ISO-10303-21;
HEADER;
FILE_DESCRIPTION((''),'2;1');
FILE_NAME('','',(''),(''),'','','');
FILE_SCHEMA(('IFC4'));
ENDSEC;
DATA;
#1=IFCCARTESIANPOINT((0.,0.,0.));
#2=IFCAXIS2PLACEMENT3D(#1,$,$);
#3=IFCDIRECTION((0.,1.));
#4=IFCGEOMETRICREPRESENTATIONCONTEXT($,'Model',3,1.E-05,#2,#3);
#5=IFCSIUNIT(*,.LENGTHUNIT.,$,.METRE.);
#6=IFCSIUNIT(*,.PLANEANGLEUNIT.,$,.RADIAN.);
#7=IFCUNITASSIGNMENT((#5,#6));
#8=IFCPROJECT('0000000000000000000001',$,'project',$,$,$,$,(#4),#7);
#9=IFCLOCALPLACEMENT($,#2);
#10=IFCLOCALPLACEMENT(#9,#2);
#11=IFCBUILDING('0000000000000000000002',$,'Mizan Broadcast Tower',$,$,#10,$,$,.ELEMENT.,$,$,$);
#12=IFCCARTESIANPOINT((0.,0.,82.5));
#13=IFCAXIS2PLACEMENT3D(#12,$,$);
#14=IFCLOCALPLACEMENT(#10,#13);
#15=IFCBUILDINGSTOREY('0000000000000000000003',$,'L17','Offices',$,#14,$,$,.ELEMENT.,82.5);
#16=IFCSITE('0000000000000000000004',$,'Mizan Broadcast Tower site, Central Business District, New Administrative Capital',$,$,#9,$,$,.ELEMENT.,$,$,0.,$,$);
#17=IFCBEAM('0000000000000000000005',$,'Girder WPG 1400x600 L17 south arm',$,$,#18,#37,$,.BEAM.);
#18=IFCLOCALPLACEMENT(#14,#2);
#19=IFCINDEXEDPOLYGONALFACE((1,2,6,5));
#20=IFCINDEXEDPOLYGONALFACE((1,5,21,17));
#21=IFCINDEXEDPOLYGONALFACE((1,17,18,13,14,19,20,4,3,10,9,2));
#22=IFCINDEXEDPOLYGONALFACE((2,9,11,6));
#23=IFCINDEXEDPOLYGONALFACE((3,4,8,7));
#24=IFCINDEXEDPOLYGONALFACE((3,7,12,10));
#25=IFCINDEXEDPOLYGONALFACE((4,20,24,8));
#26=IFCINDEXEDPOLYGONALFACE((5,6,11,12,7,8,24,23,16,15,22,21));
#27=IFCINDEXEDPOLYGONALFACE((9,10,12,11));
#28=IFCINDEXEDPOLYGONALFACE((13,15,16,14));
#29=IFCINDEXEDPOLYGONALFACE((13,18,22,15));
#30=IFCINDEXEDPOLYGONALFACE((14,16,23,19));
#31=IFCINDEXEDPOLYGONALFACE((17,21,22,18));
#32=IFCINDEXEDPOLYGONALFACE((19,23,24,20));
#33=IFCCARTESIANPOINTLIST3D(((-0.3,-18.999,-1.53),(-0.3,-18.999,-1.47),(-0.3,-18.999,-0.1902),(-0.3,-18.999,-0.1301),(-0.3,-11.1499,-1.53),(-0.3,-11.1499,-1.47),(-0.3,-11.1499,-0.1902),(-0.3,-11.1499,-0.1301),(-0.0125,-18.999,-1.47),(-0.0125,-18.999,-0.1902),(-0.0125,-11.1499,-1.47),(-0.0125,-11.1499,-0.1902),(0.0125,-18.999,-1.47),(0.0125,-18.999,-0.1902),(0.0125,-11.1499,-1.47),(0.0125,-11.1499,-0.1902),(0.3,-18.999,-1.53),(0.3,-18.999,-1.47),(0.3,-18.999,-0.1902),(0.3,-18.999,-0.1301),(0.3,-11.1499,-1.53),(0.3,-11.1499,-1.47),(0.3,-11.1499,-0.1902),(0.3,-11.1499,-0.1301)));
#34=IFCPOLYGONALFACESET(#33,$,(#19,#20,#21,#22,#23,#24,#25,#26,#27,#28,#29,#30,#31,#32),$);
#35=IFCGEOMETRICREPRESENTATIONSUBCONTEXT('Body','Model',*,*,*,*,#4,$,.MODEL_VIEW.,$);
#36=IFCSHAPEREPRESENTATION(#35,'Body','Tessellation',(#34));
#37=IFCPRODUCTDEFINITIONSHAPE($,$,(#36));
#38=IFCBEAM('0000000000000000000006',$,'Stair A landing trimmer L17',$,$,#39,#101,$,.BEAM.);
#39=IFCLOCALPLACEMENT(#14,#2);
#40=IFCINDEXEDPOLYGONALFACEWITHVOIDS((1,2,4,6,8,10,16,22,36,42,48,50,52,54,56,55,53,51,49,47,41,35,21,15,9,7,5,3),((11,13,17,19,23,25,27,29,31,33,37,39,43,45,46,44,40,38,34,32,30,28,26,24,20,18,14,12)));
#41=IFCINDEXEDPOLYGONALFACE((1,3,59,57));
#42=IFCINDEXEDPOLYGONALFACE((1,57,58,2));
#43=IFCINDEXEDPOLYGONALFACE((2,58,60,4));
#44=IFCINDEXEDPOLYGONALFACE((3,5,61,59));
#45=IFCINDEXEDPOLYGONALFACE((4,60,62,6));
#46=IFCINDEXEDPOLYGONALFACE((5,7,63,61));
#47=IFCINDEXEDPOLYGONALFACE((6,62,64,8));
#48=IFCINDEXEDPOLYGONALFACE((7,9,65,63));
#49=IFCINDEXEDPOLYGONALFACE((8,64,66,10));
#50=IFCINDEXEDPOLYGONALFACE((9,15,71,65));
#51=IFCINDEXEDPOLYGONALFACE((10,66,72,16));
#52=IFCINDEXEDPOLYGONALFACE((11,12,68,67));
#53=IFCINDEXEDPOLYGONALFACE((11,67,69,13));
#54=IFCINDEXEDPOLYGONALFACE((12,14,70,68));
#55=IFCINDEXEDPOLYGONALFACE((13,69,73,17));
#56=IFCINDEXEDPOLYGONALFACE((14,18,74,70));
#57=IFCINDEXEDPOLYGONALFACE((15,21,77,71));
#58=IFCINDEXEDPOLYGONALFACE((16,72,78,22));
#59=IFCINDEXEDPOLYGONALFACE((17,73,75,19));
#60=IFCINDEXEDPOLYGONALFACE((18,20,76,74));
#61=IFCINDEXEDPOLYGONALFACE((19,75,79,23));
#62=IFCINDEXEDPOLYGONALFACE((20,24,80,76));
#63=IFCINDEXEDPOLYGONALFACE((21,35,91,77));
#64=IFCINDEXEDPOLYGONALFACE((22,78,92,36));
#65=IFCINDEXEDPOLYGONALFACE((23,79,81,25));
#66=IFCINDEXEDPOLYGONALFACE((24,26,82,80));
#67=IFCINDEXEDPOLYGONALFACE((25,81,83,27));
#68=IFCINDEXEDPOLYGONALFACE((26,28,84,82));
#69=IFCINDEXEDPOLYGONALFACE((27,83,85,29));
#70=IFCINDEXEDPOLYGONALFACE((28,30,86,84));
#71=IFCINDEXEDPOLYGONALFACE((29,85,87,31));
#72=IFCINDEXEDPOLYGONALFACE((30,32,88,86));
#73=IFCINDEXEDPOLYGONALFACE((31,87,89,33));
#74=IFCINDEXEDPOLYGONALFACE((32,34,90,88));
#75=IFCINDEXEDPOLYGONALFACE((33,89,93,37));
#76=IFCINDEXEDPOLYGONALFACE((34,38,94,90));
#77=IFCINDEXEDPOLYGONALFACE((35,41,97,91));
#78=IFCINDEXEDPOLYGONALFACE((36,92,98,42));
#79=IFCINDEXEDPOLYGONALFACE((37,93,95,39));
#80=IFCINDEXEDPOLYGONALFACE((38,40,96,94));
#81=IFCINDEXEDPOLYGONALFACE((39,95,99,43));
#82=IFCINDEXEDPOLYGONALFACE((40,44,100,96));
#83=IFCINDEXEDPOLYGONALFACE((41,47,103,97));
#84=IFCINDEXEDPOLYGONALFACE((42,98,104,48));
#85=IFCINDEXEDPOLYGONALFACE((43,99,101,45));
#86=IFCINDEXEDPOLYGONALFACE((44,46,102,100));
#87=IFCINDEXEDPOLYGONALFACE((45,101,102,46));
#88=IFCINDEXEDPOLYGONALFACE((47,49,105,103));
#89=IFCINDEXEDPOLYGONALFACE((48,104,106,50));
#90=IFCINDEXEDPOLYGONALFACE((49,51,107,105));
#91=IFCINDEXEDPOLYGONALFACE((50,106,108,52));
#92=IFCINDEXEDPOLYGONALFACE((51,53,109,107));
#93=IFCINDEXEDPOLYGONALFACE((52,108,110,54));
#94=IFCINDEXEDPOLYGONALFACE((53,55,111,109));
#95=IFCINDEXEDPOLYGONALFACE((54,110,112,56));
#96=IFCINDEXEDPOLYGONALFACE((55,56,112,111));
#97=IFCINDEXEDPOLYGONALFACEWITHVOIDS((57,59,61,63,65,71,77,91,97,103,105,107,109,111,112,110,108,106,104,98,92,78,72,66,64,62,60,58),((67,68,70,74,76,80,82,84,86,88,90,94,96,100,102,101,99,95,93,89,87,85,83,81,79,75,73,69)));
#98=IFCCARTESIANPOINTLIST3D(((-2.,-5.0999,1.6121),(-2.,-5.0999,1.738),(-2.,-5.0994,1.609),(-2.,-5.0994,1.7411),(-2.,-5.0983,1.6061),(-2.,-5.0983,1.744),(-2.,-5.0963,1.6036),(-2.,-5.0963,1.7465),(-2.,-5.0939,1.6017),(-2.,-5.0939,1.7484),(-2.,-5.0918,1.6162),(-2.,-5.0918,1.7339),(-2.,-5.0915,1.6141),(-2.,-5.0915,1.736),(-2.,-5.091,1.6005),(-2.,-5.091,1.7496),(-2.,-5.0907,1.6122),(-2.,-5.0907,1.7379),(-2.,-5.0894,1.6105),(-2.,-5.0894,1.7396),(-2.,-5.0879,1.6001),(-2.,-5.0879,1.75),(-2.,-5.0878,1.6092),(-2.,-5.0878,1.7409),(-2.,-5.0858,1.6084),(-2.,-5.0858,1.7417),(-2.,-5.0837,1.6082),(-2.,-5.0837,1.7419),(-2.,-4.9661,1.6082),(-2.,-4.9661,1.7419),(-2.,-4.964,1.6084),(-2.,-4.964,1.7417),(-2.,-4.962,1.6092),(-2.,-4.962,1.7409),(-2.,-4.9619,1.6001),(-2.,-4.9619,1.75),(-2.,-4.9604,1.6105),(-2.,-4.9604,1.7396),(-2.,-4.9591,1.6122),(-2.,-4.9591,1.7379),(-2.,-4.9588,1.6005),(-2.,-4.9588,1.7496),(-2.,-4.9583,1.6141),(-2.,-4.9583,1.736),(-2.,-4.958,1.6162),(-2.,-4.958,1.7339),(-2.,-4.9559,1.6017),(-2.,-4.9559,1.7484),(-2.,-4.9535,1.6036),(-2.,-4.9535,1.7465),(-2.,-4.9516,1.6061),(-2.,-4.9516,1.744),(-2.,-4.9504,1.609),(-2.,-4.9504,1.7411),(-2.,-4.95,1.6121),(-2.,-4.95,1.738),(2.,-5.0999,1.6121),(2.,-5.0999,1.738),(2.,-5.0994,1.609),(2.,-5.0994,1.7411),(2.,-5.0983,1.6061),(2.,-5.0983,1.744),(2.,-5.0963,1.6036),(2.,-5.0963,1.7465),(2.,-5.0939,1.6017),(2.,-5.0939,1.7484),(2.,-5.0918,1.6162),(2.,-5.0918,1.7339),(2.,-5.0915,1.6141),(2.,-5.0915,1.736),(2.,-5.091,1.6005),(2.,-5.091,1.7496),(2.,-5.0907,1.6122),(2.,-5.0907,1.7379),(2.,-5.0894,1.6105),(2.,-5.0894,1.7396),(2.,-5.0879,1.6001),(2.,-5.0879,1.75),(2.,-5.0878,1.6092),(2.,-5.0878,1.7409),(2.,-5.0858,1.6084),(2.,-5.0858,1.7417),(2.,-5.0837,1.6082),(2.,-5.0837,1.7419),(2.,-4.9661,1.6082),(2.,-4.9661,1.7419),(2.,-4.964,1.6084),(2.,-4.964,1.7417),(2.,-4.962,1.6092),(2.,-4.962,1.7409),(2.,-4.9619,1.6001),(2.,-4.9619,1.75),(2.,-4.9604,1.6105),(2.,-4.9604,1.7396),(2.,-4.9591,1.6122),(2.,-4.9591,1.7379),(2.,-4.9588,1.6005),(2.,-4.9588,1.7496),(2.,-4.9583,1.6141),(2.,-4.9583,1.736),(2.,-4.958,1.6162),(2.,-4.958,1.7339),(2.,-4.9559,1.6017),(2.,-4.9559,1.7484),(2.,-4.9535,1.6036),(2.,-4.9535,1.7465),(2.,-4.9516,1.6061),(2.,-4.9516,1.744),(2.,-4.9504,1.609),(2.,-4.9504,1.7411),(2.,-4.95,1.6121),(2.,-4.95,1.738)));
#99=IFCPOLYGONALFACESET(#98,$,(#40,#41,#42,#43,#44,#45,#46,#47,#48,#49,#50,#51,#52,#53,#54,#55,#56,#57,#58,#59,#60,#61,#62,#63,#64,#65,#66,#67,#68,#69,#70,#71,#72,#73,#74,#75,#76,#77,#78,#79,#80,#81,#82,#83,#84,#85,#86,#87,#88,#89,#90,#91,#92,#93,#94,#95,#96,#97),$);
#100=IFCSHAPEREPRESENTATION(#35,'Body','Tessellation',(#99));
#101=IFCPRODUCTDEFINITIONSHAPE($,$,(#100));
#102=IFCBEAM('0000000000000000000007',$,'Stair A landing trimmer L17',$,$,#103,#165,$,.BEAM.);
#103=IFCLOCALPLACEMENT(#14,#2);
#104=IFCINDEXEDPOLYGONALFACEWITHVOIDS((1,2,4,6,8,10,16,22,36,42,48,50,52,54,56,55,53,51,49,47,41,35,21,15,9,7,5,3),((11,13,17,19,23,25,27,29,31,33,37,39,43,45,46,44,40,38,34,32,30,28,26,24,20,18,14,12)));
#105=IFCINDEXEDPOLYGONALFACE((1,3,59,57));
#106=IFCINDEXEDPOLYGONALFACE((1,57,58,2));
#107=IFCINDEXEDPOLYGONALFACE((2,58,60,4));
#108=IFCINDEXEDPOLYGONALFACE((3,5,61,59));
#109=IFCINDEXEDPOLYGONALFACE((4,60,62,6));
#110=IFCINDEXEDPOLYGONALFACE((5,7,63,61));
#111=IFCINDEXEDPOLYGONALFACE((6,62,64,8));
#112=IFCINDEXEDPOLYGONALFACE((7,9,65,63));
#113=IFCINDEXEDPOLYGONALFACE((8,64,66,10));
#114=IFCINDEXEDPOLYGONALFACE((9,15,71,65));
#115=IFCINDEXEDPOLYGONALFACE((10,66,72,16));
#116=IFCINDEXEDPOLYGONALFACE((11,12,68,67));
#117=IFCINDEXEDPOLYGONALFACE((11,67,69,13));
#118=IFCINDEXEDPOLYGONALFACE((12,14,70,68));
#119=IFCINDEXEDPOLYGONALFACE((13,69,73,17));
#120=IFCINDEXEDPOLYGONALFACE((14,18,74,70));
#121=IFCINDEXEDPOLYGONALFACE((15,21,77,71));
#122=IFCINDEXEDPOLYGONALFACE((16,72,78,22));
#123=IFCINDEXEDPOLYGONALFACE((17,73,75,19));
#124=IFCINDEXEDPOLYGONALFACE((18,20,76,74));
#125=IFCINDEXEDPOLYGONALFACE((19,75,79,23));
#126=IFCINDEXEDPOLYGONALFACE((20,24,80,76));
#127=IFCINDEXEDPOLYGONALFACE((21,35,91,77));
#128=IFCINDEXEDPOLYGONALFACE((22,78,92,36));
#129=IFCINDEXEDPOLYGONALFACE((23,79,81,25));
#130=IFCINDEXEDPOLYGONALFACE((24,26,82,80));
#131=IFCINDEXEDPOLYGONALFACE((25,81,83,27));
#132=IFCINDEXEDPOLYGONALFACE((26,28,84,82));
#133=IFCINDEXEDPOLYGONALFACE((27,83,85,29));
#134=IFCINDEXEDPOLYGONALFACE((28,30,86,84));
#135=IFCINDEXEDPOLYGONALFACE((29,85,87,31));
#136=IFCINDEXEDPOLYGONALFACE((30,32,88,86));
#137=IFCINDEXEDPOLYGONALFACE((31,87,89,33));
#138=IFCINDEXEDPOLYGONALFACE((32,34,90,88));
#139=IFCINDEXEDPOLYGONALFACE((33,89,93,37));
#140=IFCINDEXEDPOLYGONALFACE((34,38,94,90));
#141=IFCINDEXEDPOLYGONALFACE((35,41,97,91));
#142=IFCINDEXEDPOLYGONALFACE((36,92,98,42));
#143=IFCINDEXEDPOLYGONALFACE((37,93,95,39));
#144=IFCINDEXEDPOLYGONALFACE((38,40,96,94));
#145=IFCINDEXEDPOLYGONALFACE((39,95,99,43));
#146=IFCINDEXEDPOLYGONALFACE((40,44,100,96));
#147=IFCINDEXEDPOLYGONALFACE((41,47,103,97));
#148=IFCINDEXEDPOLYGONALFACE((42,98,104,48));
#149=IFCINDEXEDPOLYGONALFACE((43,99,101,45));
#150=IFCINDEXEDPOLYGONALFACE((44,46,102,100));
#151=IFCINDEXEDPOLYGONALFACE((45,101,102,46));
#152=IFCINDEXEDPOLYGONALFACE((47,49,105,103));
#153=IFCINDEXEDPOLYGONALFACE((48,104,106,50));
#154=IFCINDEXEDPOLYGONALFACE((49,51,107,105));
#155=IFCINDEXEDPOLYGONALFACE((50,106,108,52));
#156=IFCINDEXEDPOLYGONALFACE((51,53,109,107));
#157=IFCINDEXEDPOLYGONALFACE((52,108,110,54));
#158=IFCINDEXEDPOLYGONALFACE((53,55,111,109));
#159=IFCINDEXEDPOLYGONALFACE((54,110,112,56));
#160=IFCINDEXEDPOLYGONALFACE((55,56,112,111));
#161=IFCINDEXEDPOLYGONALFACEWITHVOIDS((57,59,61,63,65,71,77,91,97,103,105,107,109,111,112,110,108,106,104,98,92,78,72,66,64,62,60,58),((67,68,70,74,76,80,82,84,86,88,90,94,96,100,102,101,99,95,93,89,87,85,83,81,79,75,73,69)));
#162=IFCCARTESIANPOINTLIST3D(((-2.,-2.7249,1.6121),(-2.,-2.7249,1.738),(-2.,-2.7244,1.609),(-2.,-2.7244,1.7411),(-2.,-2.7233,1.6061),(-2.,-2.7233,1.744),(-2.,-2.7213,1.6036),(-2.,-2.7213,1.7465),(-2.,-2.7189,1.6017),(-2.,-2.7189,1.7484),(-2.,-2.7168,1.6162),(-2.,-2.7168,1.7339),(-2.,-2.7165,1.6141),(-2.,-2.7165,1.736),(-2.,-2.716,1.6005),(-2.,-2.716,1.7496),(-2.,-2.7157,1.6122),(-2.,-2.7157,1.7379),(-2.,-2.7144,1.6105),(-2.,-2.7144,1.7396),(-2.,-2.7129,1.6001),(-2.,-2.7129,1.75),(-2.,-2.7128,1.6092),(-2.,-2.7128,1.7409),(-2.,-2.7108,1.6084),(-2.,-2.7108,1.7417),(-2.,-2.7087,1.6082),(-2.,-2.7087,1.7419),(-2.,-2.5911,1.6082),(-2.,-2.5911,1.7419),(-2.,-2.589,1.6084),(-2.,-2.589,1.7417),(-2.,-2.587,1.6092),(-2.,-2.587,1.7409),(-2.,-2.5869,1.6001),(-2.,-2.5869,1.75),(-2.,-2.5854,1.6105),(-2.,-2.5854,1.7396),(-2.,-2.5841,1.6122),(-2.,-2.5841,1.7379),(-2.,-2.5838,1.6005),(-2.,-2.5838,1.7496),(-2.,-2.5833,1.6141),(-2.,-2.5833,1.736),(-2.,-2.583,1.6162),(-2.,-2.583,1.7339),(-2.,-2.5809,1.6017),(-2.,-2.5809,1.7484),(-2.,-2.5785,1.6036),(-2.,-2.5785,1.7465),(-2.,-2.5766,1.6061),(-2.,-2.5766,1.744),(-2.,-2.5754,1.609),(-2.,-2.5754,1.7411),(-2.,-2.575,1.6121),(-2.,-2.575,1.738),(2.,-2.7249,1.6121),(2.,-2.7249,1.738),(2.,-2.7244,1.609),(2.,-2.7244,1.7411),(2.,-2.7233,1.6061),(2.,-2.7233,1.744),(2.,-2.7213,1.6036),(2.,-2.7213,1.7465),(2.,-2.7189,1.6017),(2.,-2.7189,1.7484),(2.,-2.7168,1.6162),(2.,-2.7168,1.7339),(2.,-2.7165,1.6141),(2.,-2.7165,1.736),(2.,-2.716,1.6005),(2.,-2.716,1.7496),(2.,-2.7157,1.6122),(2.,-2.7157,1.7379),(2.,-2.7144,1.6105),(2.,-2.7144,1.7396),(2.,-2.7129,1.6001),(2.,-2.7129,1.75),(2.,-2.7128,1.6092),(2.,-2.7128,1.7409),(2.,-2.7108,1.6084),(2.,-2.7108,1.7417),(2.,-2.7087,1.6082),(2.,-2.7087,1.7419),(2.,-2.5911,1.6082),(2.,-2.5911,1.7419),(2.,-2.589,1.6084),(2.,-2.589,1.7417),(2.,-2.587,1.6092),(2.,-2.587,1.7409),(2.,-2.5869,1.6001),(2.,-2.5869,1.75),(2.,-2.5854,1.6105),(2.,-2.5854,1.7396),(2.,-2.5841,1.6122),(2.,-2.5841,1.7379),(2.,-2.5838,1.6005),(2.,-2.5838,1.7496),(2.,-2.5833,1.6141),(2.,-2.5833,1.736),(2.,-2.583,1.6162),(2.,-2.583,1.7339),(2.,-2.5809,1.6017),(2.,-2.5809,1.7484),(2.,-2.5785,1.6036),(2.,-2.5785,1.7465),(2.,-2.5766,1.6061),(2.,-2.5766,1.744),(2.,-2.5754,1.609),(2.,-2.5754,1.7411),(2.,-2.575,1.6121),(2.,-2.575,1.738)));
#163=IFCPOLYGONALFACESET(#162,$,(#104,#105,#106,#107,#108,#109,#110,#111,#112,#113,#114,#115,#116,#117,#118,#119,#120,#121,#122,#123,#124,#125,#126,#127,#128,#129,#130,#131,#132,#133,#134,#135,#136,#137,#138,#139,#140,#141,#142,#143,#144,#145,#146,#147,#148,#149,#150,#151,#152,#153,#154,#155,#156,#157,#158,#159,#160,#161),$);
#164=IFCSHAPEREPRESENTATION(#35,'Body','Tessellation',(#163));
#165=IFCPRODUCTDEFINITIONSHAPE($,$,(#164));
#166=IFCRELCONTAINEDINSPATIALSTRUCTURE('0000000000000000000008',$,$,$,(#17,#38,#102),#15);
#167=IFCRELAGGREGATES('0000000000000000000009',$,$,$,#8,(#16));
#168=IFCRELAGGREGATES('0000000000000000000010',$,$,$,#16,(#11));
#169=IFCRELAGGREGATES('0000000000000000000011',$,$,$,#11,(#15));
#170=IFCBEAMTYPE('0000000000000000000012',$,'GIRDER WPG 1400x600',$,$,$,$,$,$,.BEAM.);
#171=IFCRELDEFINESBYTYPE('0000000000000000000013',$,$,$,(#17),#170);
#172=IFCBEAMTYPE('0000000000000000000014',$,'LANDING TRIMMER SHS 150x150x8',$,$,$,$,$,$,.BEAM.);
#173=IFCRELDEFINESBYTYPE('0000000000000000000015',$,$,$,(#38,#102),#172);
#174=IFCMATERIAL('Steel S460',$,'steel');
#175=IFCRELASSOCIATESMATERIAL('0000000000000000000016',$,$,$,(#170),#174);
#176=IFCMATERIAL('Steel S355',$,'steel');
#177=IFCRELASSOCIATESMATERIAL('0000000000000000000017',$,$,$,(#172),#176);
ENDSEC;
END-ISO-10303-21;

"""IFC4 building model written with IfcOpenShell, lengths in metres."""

from ifc_helpers import new_model, si_unit, direction, frame, origin, origin_2d, place, context, subcontext, project, spatial, hollow_rectangle, i_section, extrude, material, material_profile, profile_set, type_object, element, save


model = new_model("IFC4")

# Units and contexts
model_context = context("Model", 3, precision=1e-05, world=origin(), true_north=direction((0.0, 1.0)))
body_context = subcontext(model_context, "Body", "Model", "MODEL_VIEW")
ifc_project = project(units=[si_unit("LENGTHUNIT", "METRE"), si_unit("PLANEANGLEUNIT", "RADIAN")], contexts=[model_context])

# Site, building, storey
site_placement = place(None, origin())
site = spatial("IfcSite", under=ifc_project, at=site_placement, Name="Mizan Broadcast Tower site, Central Business District, New Administrative Capital", CompositionType="ELEMENT", RefElevation=0.0)
building_placement = place(site_placement, origin())
building = spatial("IfcBuilding", under=site, at=building_placement, Name="Mizan Broadcast Tower", CompositionType="ELEMENT")
storey_placement = place(building_placement, frame((0.0, 0.0, 82.5)))
storey = spatial("IfcBuildingStorey", under=building, at=storey_placement, Name="L17", Description="Offices", CompositionType="ELEMENT", Elevation=82.5)

# Beams
ifc_material_1 = material(Name="Steel S460", Category="steel")
ifc_material_profile_1 = material_profile(ifc_material_1, i_section(OverallWidth=0.6001, OverallDepth=1.3999, WebThickness=0.0249, FlangeThickness=0.0601, at=origin_2d()), Name="WPG 1400x600")
ifc_profile_set_1 = profile_set([ifc_material_profile_1], Name="Steel S460")
beam_type_1 = type_object("IfcBeamType", Name="GIRDER WPG 1400x600", PredefinedType="BEAM", material=ifc_profile_set_1)
beam_placement = place(storey_placement, frame((0.0, -11.1499, -0.8301), z_axis=(0.0, -1.0, 0.0), x_axis=(1.0, 0.0, 0.0)))
element("IfcBeam", 1, at=beam_placement, inside=storey, type_object=beam_type_1, Name="Girder WPG 1400x600 L17 south arm", PredefinedType="BEAM", context=body_context, shape_type="SweptSolid", body=[
    extrude(i_section(OverallWidth=0.6001, OverallDepth=1.3999, WebThickness=0.0249, FlangeThickness=0.0601, at=origin_2d()), origin(), (0.0, 0.0, 1.0), 7.8491),
])
ifc_material_2 = material(Name="Steel S355", Category="steel")
ifc_material_profile_2 = material_profile(ifc_material_2, hollow_rectangle(XDim=0.1499, YDim=0.1499, WallThickness=0.0081, InnerFilletRadius=0.0081, OuterFilletRadius=0.012, at=origin_2d()), Name="SHS 150x150x8")
ifc_profile_set_2 = profile_set([ifc_material_profile_2], Name="Steel S355")
beam_type_2 = type_object("IfcBeamType", Name="LANDING TRIMMER SHS 150x150x8", PredefinedType="BEAM", material=ifc_profile_set_2)
for number, where, z_axis, x_axis, name in (
    (2, (-2.0, -5.0249, 1.675), (1.0, 0.0, 0.0), (0.0, 1.0, 0.0), "Stair A landing trimmer L17"),
    (3, (-2.0, -2.6499, 1.675), (1.0, 0.0, 0.0), (0.0, 1.0, 0.0), "Stair A landing trimmer L17"),
):
    element("IfcBeam", number, at=place(storey_placement, frame(where, z_axis=z_axis, x_axis=x_axis)), inside=storey, type_object=beam_type_2, Name=name, PredefinedType="BEAM", context=body_context, shape_type="SweptSolid", body=[
        extrude(hollow_rectangle(XDim=0.1499, YDim=0.1499, WallThickness=0.0081, InnerFilletRadius=0.0081, OuterFilletRadius=0.012, at=origin_2d()), origin(), (0.0, 0.0, 1.0), 4.0),
    ])

save(model, "model.ifc")
